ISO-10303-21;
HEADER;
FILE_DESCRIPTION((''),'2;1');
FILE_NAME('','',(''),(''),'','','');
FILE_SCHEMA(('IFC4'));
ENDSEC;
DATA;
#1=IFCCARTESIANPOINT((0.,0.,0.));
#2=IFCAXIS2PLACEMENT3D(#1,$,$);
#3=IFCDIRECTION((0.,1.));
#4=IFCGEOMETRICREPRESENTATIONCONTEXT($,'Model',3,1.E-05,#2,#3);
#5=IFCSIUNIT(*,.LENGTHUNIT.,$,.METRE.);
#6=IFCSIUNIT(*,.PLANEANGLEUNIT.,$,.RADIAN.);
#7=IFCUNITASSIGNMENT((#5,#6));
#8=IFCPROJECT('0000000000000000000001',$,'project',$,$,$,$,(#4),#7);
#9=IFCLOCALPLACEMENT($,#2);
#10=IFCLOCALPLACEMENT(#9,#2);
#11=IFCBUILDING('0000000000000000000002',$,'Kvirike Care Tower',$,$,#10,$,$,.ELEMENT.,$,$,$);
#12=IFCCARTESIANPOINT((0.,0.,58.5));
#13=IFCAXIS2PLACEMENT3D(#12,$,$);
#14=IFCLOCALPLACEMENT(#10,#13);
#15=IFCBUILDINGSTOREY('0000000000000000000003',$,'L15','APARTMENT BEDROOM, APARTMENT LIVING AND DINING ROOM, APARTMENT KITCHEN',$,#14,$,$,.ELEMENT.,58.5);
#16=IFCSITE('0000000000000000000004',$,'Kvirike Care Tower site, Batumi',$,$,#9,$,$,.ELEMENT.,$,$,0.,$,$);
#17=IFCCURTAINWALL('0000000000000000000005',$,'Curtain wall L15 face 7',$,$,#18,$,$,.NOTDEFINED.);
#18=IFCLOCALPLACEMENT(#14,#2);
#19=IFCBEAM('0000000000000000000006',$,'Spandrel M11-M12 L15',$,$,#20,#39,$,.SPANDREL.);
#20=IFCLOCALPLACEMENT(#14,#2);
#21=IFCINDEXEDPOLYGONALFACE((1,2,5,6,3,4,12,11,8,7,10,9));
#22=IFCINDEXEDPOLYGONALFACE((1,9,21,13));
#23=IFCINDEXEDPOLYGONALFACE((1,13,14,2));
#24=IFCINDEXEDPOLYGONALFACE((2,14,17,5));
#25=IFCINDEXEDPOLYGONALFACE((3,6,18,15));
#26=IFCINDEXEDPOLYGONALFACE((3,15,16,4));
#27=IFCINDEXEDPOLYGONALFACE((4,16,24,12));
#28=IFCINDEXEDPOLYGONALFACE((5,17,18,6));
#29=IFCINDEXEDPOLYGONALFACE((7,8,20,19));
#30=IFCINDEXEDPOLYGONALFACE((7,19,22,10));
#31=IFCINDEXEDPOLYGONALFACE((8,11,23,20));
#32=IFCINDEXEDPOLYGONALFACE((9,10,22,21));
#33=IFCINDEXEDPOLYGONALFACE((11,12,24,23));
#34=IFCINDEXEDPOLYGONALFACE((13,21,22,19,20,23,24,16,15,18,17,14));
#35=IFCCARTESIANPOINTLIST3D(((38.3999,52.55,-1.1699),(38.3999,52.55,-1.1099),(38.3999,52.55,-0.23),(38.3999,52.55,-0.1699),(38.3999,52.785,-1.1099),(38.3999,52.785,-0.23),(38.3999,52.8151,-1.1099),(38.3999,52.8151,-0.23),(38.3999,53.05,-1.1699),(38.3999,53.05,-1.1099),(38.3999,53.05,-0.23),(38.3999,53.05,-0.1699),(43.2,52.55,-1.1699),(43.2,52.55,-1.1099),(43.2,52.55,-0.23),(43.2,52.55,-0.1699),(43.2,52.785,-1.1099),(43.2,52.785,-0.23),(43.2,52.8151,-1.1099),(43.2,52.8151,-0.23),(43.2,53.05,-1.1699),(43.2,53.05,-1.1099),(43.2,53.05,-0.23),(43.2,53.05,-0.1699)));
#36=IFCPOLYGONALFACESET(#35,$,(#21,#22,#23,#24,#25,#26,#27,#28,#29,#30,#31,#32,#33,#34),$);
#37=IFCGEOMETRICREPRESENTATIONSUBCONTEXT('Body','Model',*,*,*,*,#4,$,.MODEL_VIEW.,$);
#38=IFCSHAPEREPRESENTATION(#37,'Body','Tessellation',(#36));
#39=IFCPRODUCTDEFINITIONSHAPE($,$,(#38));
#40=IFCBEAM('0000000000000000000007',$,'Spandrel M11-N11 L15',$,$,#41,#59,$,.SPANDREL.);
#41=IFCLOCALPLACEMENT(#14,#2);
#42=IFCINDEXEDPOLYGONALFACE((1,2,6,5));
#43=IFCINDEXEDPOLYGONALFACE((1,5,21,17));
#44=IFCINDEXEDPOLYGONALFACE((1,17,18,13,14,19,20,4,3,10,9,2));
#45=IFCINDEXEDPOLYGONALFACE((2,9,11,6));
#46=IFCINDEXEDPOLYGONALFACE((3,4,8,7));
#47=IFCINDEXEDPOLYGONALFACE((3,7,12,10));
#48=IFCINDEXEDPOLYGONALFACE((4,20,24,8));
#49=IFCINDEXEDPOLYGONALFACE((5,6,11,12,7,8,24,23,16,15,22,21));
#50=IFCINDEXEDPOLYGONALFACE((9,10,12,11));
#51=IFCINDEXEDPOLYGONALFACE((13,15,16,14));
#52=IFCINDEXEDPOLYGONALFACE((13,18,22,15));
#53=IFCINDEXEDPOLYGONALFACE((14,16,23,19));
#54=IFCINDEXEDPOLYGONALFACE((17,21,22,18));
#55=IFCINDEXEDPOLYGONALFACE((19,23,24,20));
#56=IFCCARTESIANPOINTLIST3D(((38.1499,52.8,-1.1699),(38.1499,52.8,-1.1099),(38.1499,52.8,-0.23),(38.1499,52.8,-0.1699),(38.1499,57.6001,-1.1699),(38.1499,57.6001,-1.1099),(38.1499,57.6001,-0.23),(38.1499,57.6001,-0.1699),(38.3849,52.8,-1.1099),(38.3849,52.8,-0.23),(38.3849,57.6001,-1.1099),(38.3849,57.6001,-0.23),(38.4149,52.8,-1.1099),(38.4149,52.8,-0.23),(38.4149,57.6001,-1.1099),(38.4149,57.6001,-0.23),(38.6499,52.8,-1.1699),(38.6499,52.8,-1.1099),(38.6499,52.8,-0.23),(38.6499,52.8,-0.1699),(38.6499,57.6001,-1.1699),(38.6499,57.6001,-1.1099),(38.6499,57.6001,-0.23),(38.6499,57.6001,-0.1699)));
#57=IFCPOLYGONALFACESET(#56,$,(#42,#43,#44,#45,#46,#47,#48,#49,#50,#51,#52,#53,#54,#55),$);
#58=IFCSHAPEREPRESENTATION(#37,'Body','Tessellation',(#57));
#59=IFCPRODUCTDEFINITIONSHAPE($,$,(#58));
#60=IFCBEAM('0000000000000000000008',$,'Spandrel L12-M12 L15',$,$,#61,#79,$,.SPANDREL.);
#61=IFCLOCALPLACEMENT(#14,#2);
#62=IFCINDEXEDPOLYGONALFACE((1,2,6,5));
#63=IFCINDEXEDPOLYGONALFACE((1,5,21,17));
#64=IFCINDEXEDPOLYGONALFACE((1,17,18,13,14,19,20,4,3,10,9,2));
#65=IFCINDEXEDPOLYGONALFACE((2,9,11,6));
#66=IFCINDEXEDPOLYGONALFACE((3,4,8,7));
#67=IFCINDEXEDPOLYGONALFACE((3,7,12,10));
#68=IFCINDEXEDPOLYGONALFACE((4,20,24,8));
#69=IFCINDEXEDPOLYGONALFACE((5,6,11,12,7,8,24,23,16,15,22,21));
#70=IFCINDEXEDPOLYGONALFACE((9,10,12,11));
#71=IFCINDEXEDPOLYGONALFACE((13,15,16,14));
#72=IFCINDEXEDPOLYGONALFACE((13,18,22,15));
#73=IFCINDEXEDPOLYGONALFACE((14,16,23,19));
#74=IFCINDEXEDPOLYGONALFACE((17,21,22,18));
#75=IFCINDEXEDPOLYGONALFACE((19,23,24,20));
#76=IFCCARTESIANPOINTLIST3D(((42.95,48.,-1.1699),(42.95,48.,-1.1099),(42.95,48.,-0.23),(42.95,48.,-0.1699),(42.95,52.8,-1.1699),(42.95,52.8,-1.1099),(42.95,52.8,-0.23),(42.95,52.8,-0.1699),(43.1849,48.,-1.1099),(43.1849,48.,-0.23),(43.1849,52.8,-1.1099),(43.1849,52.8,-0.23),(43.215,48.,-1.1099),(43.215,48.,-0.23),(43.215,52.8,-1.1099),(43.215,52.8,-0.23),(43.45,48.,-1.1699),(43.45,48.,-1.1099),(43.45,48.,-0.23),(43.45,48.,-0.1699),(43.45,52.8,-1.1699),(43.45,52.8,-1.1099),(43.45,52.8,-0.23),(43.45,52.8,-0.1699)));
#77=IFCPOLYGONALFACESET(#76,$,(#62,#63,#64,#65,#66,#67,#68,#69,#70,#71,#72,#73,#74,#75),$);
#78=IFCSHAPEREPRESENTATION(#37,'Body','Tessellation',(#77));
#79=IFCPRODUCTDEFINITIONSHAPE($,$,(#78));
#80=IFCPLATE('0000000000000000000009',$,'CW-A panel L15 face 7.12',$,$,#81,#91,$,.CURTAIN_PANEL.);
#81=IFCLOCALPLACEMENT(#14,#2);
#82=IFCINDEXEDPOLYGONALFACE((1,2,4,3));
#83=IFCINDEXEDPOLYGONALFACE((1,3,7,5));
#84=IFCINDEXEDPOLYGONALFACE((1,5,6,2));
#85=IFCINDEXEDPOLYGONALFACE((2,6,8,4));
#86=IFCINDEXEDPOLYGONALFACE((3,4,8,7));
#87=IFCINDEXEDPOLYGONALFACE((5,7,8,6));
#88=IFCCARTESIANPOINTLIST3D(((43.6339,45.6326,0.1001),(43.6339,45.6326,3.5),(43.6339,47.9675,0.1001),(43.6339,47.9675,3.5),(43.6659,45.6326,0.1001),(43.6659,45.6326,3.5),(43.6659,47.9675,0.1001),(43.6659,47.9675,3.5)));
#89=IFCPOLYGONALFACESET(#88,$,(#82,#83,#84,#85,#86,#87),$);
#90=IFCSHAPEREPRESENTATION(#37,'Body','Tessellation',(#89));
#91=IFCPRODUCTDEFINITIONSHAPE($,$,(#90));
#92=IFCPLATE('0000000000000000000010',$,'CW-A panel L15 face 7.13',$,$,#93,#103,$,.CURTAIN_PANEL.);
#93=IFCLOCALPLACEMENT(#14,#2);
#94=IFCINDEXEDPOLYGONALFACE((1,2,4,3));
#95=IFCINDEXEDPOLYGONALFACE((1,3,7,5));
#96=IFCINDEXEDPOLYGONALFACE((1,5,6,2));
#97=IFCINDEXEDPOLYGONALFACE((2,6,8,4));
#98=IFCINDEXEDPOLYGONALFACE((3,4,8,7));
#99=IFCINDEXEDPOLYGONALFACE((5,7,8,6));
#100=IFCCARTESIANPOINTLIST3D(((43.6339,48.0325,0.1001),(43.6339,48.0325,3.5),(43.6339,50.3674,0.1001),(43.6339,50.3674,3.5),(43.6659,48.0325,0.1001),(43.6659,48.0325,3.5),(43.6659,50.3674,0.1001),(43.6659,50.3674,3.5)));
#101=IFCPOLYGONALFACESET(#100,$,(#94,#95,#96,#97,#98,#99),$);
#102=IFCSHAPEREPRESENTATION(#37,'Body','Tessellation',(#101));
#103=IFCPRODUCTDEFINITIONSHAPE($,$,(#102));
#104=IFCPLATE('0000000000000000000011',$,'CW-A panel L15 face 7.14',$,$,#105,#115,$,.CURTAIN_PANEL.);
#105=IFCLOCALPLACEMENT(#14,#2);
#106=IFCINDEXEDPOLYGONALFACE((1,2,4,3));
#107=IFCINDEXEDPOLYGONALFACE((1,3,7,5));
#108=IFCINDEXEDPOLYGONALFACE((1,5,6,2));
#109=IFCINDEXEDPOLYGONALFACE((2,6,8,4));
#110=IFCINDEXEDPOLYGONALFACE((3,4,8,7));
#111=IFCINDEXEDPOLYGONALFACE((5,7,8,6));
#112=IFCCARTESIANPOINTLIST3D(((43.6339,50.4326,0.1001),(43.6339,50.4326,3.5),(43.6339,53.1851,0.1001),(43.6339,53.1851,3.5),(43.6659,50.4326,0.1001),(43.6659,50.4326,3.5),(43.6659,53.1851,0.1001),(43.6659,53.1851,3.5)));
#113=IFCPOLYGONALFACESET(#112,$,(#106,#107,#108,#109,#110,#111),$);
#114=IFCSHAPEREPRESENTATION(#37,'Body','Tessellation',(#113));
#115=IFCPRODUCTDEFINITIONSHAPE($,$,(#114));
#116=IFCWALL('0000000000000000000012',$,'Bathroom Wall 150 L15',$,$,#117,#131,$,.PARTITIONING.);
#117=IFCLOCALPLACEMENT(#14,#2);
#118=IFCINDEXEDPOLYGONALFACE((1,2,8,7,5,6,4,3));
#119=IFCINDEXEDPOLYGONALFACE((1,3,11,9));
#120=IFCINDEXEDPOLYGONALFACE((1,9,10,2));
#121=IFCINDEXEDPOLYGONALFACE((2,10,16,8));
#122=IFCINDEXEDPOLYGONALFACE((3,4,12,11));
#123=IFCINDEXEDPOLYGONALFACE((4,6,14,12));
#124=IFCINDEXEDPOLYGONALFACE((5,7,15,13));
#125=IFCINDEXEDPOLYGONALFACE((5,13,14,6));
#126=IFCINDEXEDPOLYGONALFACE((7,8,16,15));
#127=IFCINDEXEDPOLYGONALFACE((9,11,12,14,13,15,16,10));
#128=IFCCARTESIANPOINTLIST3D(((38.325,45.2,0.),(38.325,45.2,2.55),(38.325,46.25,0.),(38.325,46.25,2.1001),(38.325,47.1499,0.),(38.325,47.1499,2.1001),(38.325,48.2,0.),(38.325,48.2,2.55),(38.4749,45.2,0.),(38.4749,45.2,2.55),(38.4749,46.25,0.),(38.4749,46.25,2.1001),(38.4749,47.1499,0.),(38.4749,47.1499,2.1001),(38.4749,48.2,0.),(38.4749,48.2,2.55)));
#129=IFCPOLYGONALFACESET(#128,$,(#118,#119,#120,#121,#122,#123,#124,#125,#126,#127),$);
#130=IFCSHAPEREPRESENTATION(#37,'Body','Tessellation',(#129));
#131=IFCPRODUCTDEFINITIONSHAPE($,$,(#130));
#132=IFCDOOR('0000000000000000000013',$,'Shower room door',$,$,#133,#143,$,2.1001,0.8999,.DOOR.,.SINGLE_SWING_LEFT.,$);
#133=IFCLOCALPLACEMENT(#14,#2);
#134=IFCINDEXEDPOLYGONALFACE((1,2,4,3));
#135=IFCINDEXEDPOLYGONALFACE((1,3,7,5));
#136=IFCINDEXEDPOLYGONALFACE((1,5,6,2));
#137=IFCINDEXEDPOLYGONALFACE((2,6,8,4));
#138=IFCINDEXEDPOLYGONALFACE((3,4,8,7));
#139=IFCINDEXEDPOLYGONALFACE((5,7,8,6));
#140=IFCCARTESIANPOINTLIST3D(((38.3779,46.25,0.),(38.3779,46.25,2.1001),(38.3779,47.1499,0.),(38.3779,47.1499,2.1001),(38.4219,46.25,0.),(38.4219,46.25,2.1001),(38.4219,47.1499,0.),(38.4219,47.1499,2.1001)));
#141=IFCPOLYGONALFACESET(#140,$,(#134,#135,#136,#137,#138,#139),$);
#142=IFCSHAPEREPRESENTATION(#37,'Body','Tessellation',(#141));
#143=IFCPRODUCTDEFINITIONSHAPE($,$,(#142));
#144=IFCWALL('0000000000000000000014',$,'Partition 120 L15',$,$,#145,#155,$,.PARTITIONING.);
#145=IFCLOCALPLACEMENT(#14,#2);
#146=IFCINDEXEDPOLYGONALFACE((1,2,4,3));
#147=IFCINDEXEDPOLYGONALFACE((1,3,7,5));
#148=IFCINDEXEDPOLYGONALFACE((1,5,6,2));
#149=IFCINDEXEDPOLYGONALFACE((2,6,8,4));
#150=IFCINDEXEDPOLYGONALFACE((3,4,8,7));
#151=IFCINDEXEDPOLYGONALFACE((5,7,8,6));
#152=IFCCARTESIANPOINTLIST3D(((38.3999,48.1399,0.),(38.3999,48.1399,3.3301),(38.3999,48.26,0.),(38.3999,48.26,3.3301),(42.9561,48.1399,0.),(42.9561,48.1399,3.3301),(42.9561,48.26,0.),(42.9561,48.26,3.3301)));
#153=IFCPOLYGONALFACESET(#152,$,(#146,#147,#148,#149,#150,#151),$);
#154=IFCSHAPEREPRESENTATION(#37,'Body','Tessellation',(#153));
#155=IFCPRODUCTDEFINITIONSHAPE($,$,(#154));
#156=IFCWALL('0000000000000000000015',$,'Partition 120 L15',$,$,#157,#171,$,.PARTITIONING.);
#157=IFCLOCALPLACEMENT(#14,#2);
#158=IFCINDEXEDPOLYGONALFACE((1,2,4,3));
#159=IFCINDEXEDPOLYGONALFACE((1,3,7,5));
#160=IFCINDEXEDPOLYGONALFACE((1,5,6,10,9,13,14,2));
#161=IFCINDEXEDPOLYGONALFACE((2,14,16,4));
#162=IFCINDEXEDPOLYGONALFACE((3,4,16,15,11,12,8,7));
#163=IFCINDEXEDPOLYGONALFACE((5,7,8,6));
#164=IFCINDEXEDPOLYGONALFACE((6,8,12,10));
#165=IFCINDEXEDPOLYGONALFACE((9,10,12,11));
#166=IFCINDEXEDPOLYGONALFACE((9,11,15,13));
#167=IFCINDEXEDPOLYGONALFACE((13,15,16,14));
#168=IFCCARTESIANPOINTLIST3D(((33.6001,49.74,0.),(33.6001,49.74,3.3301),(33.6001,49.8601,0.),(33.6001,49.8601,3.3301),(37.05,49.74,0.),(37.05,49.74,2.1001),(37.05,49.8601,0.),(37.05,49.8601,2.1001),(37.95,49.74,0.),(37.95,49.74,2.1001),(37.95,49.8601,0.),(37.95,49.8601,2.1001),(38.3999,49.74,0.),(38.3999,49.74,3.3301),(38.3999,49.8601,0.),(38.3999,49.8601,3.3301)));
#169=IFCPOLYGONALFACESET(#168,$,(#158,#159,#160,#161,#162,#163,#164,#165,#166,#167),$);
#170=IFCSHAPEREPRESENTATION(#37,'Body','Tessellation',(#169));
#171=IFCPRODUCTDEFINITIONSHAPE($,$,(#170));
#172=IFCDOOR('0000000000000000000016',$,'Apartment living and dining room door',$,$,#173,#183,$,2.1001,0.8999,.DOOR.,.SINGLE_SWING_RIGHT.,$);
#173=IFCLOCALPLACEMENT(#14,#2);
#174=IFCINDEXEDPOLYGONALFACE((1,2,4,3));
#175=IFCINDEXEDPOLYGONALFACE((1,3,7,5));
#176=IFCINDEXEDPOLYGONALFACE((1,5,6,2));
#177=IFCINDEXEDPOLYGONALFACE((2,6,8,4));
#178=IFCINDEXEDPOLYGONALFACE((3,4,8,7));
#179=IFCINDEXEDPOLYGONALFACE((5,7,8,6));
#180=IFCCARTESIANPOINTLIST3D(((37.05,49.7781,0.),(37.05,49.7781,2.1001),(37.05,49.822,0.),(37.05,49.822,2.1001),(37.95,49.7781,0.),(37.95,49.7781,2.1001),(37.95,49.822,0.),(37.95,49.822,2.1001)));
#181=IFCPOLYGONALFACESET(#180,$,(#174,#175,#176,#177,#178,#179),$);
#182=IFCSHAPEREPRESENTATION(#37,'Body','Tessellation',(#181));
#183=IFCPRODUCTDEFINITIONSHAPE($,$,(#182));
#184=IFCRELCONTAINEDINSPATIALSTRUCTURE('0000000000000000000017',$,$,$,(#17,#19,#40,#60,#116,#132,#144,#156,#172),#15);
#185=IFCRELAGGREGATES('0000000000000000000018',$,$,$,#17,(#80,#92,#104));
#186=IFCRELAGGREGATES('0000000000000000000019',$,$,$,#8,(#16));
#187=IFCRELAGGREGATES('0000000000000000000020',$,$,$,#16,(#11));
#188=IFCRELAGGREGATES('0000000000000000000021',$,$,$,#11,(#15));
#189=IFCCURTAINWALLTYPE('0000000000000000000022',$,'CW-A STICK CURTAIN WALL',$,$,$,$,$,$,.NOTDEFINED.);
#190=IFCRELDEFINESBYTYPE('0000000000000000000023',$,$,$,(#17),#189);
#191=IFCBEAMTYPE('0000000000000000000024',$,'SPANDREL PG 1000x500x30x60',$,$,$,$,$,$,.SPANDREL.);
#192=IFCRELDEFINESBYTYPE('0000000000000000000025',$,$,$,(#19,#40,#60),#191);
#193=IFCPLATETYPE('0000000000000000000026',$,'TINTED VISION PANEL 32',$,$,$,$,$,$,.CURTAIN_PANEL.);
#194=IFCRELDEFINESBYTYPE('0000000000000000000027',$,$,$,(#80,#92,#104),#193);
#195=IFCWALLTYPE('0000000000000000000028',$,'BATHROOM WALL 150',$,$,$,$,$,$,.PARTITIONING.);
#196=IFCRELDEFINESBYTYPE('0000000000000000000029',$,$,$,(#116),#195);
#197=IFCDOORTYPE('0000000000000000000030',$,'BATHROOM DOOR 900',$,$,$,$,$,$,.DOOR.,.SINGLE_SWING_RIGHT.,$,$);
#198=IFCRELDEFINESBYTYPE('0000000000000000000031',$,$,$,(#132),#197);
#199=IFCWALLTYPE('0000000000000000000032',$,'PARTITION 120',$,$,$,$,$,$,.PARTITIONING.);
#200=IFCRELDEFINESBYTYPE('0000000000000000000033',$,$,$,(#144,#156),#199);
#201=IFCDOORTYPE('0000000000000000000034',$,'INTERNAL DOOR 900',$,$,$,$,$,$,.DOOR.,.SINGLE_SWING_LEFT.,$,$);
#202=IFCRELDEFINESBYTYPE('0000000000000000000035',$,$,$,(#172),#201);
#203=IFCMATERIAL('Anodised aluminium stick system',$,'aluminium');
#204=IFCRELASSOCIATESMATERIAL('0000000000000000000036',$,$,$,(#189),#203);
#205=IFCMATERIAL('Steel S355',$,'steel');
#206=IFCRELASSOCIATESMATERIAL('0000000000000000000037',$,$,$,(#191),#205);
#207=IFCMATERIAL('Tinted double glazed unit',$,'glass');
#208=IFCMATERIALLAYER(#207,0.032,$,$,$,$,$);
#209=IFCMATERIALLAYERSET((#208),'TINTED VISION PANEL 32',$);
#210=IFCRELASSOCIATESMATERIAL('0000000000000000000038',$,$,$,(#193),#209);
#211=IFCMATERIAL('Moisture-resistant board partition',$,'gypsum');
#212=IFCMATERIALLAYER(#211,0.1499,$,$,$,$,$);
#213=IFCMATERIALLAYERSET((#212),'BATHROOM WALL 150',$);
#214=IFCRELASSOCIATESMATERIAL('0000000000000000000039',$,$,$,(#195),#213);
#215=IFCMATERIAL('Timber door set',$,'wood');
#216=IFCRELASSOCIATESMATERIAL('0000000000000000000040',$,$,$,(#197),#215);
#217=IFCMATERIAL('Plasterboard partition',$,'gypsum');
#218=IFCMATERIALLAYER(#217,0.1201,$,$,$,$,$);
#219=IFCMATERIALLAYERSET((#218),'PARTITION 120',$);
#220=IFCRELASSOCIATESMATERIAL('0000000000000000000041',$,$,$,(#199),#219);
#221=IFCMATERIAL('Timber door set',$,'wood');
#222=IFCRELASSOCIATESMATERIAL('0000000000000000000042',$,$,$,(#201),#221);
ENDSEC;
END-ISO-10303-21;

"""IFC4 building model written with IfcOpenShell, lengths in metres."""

from ifc_helpers import new_model, si_unit, direction, frame, frame_2d, origin, origin_2d, place, context, subcontext, project, spatial, rectangle, i_section, extrude, material, layer, layer_set, material_profile, profile_set, type_object, element, fill, aggregate, save


model = new_model("IFC4")

# Units and contexts
model_context = context("Model", 3, precision=1e-05, world=origin(), true_north=direction((0.0, 1.0)))
body_context = subcontext(model_context, "Body", "Model", "MODEL_VIEW")
ifc_project = project(units=[si_unit("LENGTHUNIT", "METRE"), si_unit("PLANEANGLEUNIT", "RADIAN")], contexts=[model_context])

# Site, building, storey
site_placement = place(None, origin())
site = spatial("IfcSite", under=ifc_project, at=site_placement, Name="Kvirike Care Tower site, Batumi", CompositionType="ELEMENT", RefElevation=0.0)
building_placement = place(site_placement, origin())
building = spatial("IfcBuilding", under=site, at=building_placement, Name="Kvirike Care Tower", CompositionType="ELEMENT")
storey_placement = place(building_placement, frame((0.0, 0.0, 58.5)))
storey = spatial("IfcBuildingStorey", under=building, at=storey_placement, Name="L15", Description="APARTMENT BEDROOM, APARTMENT LIVING AND DINING ROOM, APARTMENT KITCHEN", CompositionType="ELEMENT", Elevation=58.5)

# Curtain wall
ifc_material_1 = material(Name="Anodised aluminium stick system", Category="aluminium")
curtain_wall_type = type_object("IfcCurtainWallType", Name="CW-A STICK CURTAIN WALL", PredefinedType="NOTDEFINED", material=ifc_material_1)
curtain_wall_placement = place(storey_placement, origin())
curtain_wall = element("IfcCurtainWall", 1, at=curtain_wall_placement, inside=storey, type_object=curtain_wall_type, Name="Curtain wall L15 face 7", PredefinedType="NOTDEFINED")

# Beams
ifc_material_2 = material(Name="Steel S355", Category="steel")
ifc_material_profile_1 = material_profile(ifc_material_2, i_section(OverallWidth=0.5, OverallDepth=1.0, WebThickness=0.03, FlangeThickness=0.0601, at=origin_2d()), Name="PG 1000x500x30x60")
ifc_profile_set_1 = profile_set([ifc_material_profile_1], Name="Steel S355")
beam_type = type_object("IfcBeamType", Name="SPANDREL PG 1000x500x30x60", PredefinedType="SPANDREL", material=ifc_profile_set_1)
for number, where, z_axis, x_axis, name in (
    (2, (38.3999, 52.8, -0.6699), (1.0, 0.0, 0.0), (0.0, 1.0, 0.0), "Spandrel M11-M12 L15"),
    (3, (38.3999, 52.8, -0.6699), (0.0, 1.0, 0.0), (-1.0, 0.0, 0.0), "Spandrel M11-N11 L15"),
    (4, (43.2, 48.0, -0.6699), (0.0, 1.0, 0.0), (-1.0, 0.0, 0.0), "Spandrel L12-M12 L15"),
):
    element("IfcBeam", number, at=place(storey_placement, frame(where, z_axis=z_axis, x_axis=x_axis)), inside=storey, type_object=beam_type, Name=name, PredefinedType="SPANDREL", context=body_context, shape_type="SweptSolid", body=[
        extrude(i_section(OverallWidth=0.5, OverallDepth=1.0, WebThickness=0.03, FlangeThickness=0.0601, at=origin_2d()), origin(), (0.0, 0.0, 1.0), 4.8),
    ])

# Plates
ifc_material_3 = material(Name="Tinted double glazed unit", Category="glass")
ifc_layer_1 = layer(ifc_material_3, 0.032)
ifc_layer_set_1 = layer_set([ifc_layer_1], Name="TINTED VISION PANEL 32")
plate_type = type_object("IfcPlateType", Name="TINTED VISION PANEL 32", PredefinedType="CURTAIN_PANEL", material=ifc_layer_set_1)
plate_1_placement = place(storey_placement, frame((43.6499, 46.8, 0.1001), z_axis=(0.0, 0.0, 1.0), x_axis=(0.0, 1.0, 0.0)))
plate_1 = element("IfcPlate", 5, at=plate_1_placement, type_object=plate_type, Name="CW-A panel L15 face 7.12", PredefinedType="CURTAIN_PANEL", context=body_context, shape_type="SweptSolid", body=[
    extrude(rectangle(XDim=2.335, YDim=0.032, at=origin_2d()), origin(), (0.0, 0.0, 1.0), 3.3999),
])
plate_2_placement = place(storey_placement, frame((43.6499, 49.2, 0.1001), z_axis=(0.0, 0.0, 1.0), x_axis=(0.0, 1.0, 0.0)))
plate_2 = element("IfcPlate", 6, at=plate_2_placement, type_object=plate_type, Name="CW-A panel L15 face 7.13", PredefinedType="CURTAIN_PANEL", context=body_context, shape_type="SweptSolid", body=[
    extrude(rectangle(XDim=2.335, YDim=0.032, at=origin_2d()), origin(), (0.0, 0.0, 1.0), 3.3999),
])
plate_3_placement = place(storey_placement, frame((43.6499, 51.8088, 0.1001), z_axis=(0.0, 0.0, 1.0), x_axis=(0.0, 1.0, 0.0)))
plate_3 = element("IfcPlate", 7, at=plate_3_placement, type_object=plate_type, Name="CW-A panel L15 face 7.14", PredefinedType="CURTAIN_PANEL", context=body_context, shape_type="SweptSolid", body=[
    extrude(rectangle(XDim=2.7524, YDim=0.032, at=origin_2d()), origin(), (0.0, 0.0, 1.0), 3.3999),
])
aggregate(curtain_wall, [plate_1, plate_2, plate_3])

# Wall, opening, door
ifc_material_4 = material(Name="Moisture-resistant board partition", Category="gypsum")
ifc_layer_2 = layer(ifc_material_4, 0.1499)
ifc_layer_set_2 = layer_set([ifc_layer_2], Name="BATHROOM WALL 150")
wall_type_1 = type_object("IfcWallType", Name="BATHROOM WALL 150", PredefinedType="PARTITIONING", material=ifc_layer_set_2)
wall_1_placement = place(storey_placement, frame((38.3999, 48.2, 0.0), z_axis=(0.0, 0.0, 1.0), x_axis=(0.0, -1.0, 0.0)))
wall_1 = element("IfcWall", 8, at=wall_1_placement, inside=storey, type_object=wall_type_1, Name="Bathroom Wall 150 L15", PredefinedType="PARTITIONING", context=body_context, shape_type="SweptSolid", body=[
    extrude(rectangle(XDim=3.0, YDim=0.1499, at=frame_2d((1.5, 0.0))), origin(), (0.0, 0.0, 1.0), 2.55),
])
opening_1_placement = place(wall_1_placement, frame((1.05, 0.0, 0.0)))
opening_1 = element("IfcOpeningElement", 9, at=opening_1_placement, cuts=wall_1, PredefinedType="OPENING", context=body_context, shape_type="SweptSolid", body=[
    extrude(rectangle(XDim=0.8999, YDim=2.1001, at=frame_2d((0.45, 1.05))), frame((0.0, 0.0854, 0.0), z_axis=(0.0, -1.0, 0.0), x_axis=(1.0, 0.0, 0.0)), (0.0, 0.0, 1.0), 0.1709),
])
ifc_material_5 = material(Name="Timber door set", Category="wood")
door_type_1 = type_object("IfcDoorType", Name="BATHROOM DOOR 900", OperationType="SINGLE_SWING_RIGHT", PredefinedType="DOOR", material=ifc_material_5)
door_1_placement = place(opening_1_placement, origin())
door_1 = element("IfcDoor", 10, at=door_1_placement, inside=storey, type_object=door_type_1, Name="Shower room door", OperationType="SINGLE_SWING_LEFT", OverallHeight=2.1001, OverallWidth=0.8999, PredefinedType="DOOR", context=body_context, shape_type="SweptSolid", body=[
    extrude(rectangle(XDim=0.8999, YDim=2.1001, at=frame_2d((0.45, 1.05))), frame((0.0, 0.022, 0.0), z_axis=(0.0, -1.0, 0.0), x_axis=(1.0, 0.0, 0.0)), (0.0, 0.0, 1.0), 0.0439),
])
fill(opening_1, door_1)

# Wall
ifc_material_6 = material(Name="Plasterboard partition", Category="gypsum")
ifc_layer_3 = layer(ifc_material_6, 0.1201)
ifc_layer_set_3 = layer_set([ifc_layer_3], Name="PARTITION 120")
wall_type_2 = type_object("IfcWallType", Name="PARTITION 120", PredefinedType="PARTITIONING", material=ifc_layer_set_3)
wall_2_placement = place(storey_placement, frame((42.9561, 48.2, 0.0), z_axis=(0.0, 0.0, 1.0), x_axis=(-1.0, 0.0, 0.0)))
element("IfcWall", 11, at=wall_2_placement, inside=storey, type_object=wall_type_2, Name="Partition 120 L15", PredefinedType="PARTITIONING", context=body_context, shape_type="SweptSolid", body=[
    extrude(rectangle(XDim=4.5562, YDim=0.1201, at=frame_2d((2.2781, 0.0))), origin(), (0.0, 0.0, 1.0), 3.3301),
])

# Wall, opening, door
wall_3_placement = place(storey_placement, frame((38.3999, 49.8, 0.0), z_axis=(0.0, 0.0, 1.0), x_axis=(-1.0, 0.0, 0.0)))
wall_3 = element("IfcWall", 12, at=wall_3_placement, inside=storey, type_object=wall_type_2, Name="Partition 120 L15", PredefinedType="PARTITIONING", context=body_context, shape_type="SweptSolid", body=[
    extrude(rectangle(XDim=4.7998, YDim=0.1201, at=frame_2d((2.3999, 0.0))), origin(), (0.0, 0.0, 1.0), 3.3301),
])
opening_2_placement = place(wall_3_placement, frame((0.45, 0.0, 0.0)))
opening_2 = element("IfcOpeningElement", 13, at=opening_2_placement, cuts=wall_3, PredefinedType="OPENING", context=body_context, shape_type="SweptSolid", body=[
    extrude(rectangle(XDim=0.8999, YDim=2.1001, at=frame_2d((0.45, 1.05))), frame((0.0, 0.0706, 0.0), z_axis=(0.0, -1.0, 0.0), x_axis=(1.0, 0.0, 0.0)), (0.0, 0.0, 1.0), 0.1411),
])
ifc_material_7 = material(Name="Timber door set", Category="wood")
door_type_2 = type_object("IfcDoorType", Name="INTERNAL DOOR 900", OperationType="SINGLE_SWING_LEFT", PredefinedType="DOOR", material=ifc_material_7)
door_2_placement = place(opening_2_placement, origin())
door_2 = element("IfcDoor", 14, at=door_2_placement, inside=storey, type_object=door_type_2, Name="Apartment living and dining room door", OperationType="SINGLE_SWING_RIGHT", OverallHeight=2.1001, OverallWidth=0.8999, PredefinedType="DOOR", context=body_context, shape_type="SweptSolid", body=[
    extrude(rectangle(XDim=0.8999, YDim=2.1001, at=frame_2d((0.45, 1.05))), frame((0.0, 0.022, 0.0), z_axis=(0.0, -1.0, 0.0), x_axis=(1.0, 0.0, 0.0)), (0.0, 0.0, 1.0), 0.0439),
])
fill(opening_2, door_2)

save(model, "model.ifc")
